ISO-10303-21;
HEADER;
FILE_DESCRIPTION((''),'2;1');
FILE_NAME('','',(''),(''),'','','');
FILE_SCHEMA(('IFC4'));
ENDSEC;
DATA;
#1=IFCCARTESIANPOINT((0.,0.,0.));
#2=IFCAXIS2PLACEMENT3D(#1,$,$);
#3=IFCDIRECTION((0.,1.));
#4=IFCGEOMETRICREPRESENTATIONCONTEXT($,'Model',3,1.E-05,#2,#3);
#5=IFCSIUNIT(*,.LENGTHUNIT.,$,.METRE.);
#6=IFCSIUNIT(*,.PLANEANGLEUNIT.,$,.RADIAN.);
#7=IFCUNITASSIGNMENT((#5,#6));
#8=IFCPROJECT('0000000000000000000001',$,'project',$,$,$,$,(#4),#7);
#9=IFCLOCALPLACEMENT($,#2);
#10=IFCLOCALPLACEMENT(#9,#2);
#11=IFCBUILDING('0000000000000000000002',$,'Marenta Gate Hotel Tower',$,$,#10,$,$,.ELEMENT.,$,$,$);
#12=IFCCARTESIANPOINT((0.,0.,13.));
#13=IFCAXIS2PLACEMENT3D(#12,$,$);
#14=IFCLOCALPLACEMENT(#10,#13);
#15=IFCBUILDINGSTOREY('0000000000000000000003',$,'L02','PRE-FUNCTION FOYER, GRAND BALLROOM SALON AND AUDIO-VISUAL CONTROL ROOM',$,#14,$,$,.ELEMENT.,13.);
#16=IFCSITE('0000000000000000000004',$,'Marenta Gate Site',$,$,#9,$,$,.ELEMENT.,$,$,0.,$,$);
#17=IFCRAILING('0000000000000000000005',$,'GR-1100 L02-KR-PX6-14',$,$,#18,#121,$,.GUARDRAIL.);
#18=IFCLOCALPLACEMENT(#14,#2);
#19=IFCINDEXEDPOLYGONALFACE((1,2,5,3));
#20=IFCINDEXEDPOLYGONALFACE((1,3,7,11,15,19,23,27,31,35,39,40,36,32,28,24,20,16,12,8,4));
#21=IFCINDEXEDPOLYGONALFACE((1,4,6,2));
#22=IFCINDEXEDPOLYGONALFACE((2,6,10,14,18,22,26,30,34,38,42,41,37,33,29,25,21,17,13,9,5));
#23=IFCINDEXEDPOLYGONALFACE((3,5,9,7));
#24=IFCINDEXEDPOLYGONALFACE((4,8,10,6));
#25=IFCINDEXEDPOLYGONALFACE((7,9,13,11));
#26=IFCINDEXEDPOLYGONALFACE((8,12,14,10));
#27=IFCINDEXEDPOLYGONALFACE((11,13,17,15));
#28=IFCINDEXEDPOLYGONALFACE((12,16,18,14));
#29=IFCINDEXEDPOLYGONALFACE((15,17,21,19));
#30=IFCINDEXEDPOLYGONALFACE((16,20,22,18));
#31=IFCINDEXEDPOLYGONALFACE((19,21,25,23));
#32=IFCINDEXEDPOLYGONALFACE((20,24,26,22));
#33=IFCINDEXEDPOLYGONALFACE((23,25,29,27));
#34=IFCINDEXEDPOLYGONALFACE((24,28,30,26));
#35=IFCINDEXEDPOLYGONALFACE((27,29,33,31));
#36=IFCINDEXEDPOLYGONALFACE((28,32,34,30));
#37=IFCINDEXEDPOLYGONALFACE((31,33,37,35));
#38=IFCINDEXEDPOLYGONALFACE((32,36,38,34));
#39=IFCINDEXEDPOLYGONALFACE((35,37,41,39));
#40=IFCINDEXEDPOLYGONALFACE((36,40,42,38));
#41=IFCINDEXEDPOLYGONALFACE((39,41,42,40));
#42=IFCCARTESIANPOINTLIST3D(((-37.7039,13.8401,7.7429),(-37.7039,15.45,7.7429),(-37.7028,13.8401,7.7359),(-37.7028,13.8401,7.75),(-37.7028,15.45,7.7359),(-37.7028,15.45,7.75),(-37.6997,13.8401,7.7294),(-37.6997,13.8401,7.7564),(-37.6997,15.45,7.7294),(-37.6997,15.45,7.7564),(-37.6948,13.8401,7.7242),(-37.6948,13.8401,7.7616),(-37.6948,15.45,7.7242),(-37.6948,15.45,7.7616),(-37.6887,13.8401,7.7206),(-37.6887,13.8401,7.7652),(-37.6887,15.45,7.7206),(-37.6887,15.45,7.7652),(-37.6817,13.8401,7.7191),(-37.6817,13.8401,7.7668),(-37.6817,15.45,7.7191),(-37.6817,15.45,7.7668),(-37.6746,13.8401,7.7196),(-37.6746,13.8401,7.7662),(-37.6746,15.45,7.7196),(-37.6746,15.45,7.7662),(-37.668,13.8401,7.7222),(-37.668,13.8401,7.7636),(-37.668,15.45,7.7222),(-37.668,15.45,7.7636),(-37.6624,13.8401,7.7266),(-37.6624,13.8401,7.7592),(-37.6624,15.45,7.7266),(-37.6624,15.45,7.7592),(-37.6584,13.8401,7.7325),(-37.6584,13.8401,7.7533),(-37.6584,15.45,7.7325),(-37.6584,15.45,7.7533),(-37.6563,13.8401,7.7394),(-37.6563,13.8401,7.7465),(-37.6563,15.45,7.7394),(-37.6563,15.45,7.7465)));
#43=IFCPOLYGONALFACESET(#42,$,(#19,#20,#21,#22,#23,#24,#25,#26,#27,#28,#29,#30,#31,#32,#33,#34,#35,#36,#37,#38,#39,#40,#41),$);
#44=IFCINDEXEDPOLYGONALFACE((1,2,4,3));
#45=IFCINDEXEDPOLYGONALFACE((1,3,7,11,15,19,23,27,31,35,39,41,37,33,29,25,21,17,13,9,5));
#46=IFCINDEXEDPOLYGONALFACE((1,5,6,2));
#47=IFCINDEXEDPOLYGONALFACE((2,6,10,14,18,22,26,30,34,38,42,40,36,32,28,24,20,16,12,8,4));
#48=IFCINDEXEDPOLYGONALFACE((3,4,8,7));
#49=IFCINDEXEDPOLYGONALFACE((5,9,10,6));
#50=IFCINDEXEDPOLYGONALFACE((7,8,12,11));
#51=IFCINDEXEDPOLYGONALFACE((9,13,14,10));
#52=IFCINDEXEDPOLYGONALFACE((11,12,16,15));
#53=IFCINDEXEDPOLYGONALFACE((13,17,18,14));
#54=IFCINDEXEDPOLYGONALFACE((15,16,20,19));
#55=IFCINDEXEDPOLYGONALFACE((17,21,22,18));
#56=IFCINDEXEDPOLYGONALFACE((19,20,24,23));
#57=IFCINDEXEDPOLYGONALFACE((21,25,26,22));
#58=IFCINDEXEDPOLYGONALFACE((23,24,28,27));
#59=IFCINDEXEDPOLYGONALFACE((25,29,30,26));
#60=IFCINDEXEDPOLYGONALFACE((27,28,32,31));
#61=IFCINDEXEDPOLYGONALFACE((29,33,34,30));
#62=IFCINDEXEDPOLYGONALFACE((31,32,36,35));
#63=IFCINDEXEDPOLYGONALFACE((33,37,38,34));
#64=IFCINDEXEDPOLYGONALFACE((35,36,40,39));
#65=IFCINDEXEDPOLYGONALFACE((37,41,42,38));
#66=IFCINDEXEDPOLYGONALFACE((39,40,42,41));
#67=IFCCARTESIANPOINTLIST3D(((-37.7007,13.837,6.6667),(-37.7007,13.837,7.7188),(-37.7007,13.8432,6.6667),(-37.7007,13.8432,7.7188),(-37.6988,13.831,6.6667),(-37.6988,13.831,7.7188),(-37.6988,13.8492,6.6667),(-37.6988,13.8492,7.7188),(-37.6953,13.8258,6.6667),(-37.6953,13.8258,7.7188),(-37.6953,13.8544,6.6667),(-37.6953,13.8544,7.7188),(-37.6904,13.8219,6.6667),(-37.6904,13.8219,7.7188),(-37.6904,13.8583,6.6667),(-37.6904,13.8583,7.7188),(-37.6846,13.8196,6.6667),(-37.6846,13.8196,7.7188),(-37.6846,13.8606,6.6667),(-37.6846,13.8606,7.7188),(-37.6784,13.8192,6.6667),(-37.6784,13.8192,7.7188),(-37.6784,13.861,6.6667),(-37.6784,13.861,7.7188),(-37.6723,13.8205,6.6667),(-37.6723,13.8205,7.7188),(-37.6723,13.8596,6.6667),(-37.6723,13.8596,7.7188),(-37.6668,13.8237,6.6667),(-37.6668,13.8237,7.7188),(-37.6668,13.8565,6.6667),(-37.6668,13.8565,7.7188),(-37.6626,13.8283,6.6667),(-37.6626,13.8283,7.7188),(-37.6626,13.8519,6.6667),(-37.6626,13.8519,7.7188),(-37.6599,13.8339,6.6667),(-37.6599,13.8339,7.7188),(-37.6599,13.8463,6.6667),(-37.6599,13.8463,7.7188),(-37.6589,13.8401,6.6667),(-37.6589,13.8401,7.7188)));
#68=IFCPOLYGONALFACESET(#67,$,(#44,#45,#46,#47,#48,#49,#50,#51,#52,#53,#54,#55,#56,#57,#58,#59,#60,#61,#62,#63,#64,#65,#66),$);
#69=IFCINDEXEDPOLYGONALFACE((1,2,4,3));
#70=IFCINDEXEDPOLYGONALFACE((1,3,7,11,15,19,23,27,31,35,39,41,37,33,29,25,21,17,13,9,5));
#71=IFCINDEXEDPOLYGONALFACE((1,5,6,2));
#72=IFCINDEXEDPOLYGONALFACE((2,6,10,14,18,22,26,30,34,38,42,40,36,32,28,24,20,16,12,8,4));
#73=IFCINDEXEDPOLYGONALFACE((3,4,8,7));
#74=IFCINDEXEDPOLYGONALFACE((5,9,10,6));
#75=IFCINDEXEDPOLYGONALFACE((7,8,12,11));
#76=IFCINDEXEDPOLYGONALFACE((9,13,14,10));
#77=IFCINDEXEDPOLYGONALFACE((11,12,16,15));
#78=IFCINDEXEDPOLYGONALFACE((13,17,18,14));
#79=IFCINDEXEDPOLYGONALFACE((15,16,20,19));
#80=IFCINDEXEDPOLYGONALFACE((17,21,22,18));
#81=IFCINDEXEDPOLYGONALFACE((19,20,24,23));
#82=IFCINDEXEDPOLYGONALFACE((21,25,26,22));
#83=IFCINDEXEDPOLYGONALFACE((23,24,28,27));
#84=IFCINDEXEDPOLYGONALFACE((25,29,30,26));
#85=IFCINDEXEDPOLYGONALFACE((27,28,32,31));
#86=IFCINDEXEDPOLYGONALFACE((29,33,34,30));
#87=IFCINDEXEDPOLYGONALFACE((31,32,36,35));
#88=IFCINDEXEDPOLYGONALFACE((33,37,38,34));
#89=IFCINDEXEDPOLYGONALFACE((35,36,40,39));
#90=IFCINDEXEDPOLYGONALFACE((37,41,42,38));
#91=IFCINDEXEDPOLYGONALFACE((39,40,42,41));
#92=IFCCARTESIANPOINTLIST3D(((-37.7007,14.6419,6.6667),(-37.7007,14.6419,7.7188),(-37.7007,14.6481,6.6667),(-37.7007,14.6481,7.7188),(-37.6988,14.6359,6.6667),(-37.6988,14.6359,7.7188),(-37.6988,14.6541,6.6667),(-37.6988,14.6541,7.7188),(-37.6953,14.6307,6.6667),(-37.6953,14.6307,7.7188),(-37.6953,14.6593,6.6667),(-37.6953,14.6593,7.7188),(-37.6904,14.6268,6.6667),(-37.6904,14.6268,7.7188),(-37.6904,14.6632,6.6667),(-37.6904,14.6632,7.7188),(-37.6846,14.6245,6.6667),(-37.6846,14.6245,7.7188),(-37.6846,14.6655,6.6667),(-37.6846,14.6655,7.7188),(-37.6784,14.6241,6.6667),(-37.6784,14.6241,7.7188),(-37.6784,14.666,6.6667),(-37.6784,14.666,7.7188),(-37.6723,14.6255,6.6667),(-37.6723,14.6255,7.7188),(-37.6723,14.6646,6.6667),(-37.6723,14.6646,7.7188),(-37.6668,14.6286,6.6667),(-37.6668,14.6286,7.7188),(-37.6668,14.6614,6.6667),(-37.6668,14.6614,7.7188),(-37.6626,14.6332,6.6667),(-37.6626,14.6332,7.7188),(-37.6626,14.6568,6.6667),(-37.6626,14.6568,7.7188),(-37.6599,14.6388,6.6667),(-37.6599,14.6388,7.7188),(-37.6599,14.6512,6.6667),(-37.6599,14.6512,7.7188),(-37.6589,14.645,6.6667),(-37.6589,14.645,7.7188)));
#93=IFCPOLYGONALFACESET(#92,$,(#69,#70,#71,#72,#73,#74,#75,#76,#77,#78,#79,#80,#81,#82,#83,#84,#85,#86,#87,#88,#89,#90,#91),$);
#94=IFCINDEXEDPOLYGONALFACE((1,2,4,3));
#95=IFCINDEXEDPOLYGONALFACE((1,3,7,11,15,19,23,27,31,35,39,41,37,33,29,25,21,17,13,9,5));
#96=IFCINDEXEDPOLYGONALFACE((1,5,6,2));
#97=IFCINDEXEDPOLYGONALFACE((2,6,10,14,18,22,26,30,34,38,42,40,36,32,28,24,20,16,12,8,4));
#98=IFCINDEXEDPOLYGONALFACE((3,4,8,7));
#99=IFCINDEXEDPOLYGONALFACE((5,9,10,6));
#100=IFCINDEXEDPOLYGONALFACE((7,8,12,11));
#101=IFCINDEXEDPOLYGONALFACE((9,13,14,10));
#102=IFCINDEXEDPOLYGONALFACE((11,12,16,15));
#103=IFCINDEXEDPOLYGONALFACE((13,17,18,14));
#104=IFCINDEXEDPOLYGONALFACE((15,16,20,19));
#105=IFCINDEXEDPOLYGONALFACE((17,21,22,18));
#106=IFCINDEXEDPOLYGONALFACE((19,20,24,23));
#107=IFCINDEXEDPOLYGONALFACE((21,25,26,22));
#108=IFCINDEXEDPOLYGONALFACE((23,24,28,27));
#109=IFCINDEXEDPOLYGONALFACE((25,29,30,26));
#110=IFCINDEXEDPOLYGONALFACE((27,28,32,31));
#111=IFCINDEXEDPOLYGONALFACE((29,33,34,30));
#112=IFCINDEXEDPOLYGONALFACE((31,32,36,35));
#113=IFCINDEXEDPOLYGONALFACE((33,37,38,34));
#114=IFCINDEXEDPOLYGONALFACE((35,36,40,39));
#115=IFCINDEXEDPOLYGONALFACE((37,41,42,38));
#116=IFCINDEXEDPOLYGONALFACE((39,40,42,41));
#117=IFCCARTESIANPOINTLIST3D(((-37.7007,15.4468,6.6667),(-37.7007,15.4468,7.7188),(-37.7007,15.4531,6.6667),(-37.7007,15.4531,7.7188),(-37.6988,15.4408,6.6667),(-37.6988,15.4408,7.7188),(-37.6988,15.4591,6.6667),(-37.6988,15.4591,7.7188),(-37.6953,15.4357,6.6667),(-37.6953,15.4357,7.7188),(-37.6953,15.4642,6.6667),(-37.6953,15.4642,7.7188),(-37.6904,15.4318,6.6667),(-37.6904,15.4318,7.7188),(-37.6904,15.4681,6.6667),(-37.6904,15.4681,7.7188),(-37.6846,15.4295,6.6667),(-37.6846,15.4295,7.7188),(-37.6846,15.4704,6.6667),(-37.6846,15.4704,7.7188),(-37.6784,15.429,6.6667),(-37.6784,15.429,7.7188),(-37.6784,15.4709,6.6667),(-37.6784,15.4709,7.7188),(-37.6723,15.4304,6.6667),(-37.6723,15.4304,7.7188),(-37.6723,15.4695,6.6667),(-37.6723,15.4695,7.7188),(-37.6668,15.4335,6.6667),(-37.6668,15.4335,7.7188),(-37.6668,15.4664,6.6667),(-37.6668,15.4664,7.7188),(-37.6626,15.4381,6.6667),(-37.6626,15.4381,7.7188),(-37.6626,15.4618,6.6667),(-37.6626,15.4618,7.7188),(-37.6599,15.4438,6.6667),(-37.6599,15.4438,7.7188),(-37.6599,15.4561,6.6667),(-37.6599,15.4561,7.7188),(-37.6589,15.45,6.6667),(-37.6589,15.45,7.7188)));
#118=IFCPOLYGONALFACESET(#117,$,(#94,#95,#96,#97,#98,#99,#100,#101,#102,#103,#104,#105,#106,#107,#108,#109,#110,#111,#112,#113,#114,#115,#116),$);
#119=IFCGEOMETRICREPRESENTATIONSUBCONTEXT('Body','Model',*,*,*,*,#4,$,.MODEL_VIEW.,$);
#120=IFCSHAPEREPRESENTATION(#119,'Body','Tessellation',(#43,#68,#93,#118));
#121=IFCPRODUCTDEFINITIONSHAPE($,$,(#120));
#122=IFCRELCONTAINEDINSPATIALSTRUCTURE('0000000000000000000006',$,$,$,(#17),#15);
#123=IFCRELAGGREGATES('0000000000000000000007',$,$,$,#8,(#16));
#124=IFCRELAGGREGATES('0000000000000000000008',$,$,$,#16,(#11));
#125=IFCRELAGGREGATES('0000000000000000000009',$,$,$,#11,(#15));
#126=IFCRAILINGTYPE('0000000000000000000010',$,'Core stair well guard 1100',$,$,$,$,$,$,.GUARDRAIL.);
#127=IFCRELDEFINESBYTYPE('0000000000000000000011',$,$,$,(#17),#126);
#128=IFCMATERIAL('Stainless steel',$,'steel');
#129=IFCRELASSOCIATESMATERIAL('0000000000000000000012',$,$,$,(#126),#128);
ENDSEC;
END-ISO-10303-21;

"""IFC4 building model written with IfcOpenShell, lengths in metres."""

from ifc_helpers import new_model, si_unit, direction, frame, origin, origin_2d, place, context, subcontext, project, spatial, circle, extrude, material, type_object, element, save


model = new_model("IFC4")

# Units and contexts
model_context = context("Model", 3, precision=1e-05, world=origin(), true_north=direction((0.0, 1.0)))
body_context = subcontext(model_context, "Body", "Model", "MODEL_VIEW")
ifc_project = project(units=[si_unit("LENGTHUNIT", "METRE"), si_unit("PLANEANGLEUNIT", "RADIAN")], contexts=[model_context])

# Site, building, storey
site_placement = place(None, origin())
site = spatial("IfcSite", under=ifc_project, at=site_placement, Name="Marenta Gate Site", CompositionType="ELEMENT", RefElevation=0.0)
building_placement = place(site_placement, origin())
building = spatial("IfcBuilding", under=site, at=building_placement, Name="Marenta Gate Hotel Tower", CompositionType="ELEMENT")
storey_placement = place(building_placement, frame((0.0, 0.0, 13.0)))
storey = spatial("IfcBuildingStorey", under=building, at=storey_placement, Name="L02", Description="PRE-FUNCTION FOYER, GRAND BALLROOM SALON AND AUDIO-VISUAL CONTROL ROOM", CompositionType="ELEMENT", Elevation=13.0)

# Railing
ifc_material_1 = material(Name="Stainless steel", Category="steel")
railing_type_1 = type_object("IfcRailingType", Name="Core stair well guard 1100", PredefinedType="GUARDRAIL", material=ifc_material_1)
railing_1_placement = place(storey_placement, frame((-37.6799, 13.8401, 6.6667)))
element("IfcRailing", 1, at=railing_1_placement, inside=storey, type_object=railing_type_1, Name="GR-1100 L02-KR-PX6-14", PredefinedType="GUARDRAIL", context=body_context, shape_type="SweptSolid", body=[
    extrude(circle(Radius=0.0239, at=origin_2d()), frame((0.0, 0.0, 1.0762), z_axis=(0.0, 1.0, 0.0), x_axis=(-1.0, 0.0, 0.0)), (0.0, 0.0, 1.0), 1.6099),
    extrude(circle(Radius=0.021, at=origin_2d()), origin(), (0.0, 0.0, 1.0), 1.052),
    extrude(circle(Radius=0.021, at=origin_2d()), frame((0.0, 0.8049, 0.0)), (0.0, 0.0, 1.0), 1.052),
    extrude(circle(Radius=0.021, at=origin_2d()), frame((0.0, 1.6099, 0.0)), (0.0, 0.0, 1.0), 1.052),
])

save(model, "model.ifc")
